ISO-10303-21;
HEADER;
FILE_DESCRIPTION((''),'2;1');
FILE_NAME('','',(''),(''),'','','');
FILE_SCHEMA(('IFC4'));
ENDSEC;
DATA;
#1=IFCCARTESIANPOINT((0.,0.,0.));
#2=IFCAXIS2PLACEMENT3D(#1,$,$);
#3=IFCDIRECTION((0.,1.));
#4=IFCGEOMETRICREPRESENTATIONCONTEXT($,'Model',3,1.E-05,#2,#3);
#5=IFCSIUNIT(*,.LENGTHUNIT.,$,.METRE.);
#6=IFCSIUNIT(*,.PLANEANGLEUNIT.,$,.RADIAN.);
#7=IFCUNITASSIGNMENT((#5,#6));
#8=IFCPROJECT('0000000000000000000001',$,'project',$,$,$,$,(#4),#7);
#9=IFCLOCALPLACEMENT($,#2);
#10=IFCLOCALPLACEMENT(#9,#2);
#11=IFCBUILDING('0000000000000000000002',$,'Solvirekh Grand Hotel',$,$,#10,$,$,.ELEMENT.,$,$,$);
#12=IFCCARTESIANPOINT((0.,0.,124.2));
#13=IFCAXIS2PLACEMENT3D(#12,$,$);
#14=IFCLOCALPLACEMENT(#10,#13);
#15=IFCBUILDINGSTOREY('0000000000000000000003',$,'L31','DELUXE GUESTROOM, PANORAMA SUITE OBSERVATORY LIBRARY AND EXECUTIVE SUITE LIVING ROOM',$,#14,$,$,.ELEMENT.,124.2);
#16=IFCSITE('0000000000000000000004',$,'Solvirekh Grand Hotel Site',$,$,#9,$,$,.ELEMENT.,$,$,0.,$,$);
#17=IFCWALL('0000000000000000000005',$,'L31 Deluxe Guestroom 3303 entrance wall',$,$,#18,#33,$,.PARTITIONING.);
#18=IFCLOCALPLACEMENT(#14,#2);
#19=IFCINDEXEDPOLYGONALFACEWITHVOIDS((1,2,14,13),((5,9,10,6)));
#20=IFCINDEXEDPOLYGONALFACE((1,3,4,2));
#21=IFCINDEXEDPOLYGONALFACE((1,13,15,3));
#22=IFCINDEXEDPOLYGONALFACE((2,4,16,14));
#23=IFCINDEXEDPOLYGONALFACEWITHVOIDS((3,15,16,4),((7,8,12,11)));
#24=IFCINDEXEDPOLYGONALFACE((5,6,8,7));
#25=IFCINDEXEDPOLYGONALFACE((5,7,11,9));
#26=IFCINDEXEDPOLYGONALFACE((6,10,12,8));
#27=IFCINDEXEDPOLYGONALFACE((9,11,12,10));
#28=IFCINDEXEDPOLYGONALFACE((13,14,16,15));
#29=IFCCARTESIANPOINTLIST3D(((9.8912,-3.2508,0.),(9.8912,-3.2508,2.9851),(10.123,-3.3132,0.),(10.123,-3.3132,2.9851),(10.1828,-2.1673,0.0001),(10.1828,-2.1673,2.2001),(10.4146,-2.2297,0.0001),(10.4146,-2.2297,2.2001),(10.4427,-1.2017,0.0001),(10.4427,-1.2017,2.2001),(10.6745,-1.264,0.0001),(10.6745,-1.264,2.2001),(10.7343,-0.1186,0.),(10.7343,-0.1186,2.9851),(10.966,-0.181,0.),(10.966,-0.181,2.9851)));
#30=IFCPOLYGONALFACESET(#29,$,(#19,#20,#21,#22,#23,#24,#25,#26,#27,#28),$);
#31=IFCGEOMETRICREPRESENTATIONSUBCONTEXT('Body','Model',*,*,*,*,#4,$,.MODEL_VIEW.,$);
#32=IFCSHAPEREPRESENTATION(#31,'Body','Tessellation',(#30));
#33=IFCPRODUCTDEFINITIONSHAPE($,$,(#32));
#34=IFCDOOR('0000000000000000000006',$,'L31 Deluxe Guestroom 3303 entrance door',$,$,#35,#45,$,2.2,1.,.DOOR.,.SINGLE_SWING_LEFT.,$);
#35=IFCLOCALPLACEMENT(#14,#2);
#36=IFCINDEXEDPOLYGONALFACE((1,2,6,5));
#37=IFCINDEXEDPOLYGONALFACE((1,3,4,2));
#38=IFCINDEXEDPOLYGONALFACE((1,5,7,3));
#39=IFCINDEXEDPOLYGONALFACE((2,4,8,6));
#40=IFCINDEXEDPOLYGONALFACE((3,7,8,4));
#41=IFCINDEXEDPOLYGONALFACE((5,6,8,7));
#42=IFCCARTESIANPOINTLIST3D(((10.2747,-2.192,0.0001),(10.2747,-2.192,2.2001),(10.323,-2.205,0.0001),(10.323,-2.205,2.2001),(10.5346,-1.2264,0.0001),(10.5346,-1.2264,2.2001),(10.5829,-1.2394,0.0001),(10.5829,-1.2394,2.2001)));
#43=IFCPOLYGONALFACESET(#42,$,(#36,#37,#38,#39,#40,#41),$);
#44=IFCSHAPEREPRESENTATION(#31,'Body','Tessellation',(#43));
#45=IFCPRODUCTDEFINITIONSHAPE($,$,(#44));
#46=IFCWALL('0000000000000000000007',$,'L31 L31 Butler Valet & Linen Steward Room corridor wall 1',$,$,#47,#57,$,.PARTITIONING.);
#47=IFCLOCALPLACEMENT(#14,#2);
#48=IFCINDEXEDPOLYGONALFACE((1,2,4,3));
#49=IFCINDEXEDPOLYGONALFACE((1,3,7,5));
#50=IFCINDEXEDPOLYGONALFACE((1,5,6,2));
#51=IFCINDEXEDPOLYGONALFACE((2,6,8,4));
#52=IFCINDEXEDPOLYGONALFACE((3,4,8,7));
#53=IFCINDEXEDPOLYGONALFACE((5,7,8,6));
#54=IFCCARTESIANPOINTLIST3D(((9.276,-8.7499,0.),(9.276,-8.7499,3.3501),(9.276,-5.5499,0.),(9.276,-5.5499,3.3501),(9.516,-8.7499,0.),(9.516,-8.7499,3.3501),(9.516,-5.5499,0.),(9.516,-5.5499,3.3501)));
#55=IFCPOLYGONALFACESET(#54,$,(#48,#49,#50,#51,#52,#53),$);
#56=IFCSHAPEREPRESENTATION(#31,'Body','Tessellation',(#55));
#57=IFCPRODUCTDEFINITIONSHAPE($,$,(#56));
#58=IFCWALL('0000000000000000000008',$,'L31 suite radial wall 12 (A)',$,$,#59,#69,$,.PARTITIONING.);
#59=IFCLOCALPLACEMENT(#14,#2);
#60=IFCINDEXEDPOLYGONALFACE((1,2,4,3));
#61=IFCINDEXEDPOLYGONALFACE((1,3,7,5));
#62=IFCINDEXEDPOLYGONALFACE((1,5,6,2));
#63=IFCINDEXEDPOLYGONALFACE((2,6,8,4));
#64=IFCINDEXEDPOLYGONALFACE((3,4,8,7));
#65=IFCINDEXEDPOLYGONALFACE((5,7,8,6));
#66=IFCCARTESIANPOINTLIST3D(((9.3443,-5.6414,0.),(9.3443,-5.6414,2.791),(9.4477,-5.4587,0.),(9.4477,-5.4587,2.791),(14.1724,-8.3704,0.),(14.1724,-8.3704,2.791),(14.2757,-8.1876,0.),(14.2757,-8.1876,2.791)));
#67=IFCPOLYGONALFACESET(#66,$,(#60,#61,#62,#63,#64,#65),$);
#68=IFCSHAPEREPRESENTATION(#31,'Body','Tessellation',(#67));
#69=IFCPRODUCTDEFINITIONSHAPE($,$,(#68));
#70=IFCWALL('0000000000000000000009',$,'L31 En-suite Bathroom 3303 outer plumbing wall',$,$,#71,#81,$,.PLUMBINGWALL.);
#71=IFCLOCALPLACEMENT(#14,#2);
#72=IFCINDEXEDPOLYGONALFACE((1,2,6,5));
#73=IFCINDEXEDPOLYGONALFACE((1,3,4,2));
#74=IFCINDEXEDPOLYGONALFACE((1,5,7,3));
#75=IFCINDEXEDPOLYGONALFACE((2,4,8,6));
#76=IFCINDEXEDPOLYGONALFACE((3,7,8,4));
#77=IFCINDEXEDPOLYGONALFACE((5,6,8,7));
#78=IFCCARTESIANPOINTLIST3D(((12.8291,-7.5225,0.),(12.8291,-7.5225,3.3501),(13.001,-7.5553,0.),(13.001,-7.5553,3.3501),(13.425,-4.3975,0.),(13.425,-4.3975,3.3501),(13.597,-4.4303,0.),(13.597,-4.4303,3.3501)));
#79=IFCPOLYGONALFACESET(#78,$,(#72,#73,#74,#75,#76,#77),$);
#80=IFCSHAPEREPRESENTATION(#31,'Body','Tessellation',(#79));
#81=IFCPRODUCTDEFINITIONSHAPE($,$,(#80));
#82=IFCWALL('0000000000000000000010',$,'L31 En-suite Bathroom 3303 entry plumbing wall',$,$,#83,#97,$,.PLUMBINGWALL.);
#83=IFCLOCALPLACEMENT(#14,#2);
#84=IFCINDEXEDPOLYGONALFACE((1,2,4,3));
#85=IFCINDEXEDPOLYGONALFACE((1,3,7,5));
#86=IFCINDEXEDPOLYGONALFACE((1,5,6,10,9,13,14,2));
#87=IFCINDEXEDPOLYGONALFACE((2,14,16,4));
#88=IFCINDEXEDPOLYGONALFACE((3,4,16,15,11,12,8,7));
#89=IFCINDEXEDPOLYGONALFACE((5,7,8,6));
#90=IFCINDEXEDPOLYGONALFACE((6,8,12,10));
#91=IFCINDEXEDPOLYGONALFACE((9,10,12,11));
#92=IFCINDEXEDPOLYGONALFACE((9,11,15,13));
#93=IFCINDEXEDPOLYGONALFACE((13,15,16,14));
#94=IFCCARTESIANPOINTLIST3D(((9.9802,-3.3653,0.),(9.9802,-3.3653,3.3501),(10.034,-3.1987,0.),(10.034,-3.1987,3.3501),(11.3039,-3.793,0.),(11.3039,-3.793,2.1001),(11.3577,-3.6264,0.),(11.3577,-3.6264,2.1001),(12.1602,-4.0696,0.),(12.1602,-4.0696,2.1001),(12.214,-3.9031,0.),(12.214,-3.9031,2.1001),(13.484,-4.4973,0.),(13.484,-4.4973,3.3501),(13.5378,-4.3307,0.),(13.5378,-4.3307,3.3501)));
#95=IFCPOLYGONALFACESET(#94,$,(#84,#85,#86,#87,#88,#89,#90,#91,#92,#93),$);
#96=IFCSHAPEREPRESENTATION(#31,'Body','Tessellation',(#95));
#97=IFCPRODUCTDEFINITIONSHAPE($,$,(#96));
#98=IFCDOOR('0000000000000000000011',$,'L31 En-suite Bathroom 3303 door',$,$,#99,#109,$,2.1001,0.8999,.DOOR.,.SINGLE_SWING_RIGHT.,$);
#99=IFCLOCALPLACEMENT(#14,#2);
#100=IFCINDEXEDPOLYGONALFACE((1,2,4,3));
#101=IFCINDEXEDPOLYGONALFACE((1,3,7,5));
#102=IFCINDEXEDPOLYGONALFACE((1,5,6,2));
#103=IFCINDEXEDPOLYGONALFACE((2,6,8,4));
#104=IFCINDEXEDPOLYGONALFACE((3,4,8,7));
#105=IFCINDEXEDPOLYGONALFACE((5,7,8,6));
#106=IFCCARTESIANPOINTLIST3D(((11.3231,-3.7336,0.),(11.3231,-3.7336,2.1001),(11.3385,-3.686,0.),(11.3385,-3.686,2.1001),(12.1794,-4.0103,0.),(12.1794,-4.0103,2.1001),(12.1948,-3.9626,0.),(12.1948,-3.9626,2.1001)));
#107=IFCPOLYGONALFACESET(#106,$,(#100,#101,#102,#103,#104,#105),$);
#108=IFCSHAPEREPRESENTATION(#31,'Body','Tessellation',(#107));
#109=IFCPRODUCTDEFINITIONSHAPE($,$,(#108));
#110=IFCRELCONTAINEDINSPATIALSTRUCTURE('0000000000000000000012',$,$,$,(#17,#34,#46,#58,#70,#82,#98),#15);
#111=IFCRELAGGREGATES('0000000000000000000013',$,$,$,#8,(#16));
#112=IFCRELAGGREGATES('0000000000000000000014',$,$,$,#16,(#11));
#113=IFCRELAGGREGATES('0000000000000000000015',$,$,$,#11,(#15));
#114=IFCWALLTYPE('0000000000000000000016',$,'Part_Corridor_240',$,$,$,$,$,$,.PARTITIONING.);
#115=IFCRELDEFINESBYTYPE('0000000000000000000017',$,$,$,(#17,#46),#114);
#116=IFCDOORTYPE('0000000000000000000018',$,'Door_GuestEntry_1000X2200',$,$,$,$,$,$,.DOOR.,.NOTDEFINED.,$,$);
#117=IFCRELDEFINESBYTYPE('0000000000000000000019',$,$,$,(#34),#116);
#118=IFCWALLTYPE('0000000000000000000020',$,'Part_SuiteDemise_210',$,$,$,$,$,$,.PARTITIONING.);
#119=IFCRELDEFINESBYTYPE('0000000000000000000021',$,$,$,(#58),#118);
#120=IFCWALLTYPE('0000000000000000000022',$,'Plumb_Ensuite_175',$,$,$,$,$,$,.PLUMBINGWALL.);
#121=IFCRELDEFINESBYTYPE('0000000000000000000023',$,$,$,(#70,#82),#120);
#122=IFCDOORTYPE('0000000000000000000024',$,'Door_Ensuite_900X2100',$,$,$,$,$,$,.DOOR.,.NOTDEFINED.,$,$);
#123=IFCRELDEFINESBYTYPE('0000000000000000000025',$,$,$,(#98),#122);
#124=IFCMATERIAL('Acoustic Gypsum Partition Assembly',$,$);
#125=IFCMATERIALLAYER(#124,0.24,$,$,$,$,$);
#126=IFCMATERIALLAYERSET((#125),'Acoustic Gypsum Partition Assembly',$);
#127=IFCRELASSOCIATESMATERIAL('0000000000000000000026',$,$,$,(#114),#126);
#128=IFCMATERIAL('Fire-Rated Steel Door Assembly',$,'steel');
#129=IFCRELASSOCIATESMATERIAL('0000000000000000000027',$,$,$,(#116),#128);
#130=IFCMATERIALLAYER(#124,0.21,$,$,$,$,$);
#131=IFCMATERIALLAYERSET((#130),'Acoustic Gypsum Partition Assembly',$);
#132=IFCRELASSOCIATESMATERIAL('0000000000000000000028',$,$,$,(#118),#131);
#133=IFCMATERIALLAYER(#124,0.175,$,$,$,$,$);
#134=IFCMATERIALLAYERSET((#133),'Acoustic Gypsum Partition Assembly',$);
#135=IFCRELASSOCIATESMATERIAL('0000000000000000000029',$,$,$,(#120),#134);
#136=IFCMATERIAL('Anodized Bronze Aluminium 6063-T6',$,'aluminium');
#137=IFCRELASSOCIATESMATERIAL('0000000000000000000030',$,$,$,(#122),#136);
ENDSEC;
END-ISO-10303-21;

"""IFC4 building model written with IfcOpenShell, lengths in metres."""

from ifc_helpers import new_model, si_unit, direction, frame, frame_2d, origin, place, context, subcontext, project, spatial, rectangle, extrude, material, layer, layer_set, type_object, element, fill, save


model = new_model("IFC4")

# Units and contexts
model_context = context("Model", 3, precision=1e-05, world=origin(), true_north=direction((0.0, 1.0)))
body_context = subcontext(model_context, "Body", "Model", "MODEL_VIEW")
ifc_project = project(units=[si_unit("LENGTHUNIT", "METRE"), si_unit("PLANEANGLEUNIT", "RADIAN")], contexts=[model_context])

# Site, building, storey
site_placement = place(None, origin())
site = spatial("IfcSite", under=ifc_project, at=site_placement, Name="Solvirekh Grand Hotel Site", CompositionType="ELEMENT", RefElevation=0.0)
building_placement = place(site_placement, origin())
building = spatial("IfcBuilding", under=site, at=building_placement, Name="Solvirekh Grand Hotel", CompositionType="ELEMENT")
storey_placement = place(building_placement, frame((0.0, 0.0, 124.2)))
storey = spatial("IfcBuildingStorey", under=building, at=storey_placement, Name="L31", Description="DELUXE GUESTROOM, PANORAMA SUITE OBSERVATORY LIBRARY AND EXECUTIVE SUITE LIVING ROOM", CompositionType="ELEMENT", Elevation=124.2)

# Shared definitions
ifc_material_1 = material(Name="Anodized Bronze Aluminium 6063-T6", Category="aluminium")

# Shared definitions
ifc_material_2 = material(Name="Acoustic Gypsum Partition Assembly")
ifc_layer_1 = layer(ifc_material_2, 0.24)
ifc_layer_set_1 = layer_set([ifc_layer_1], Name="Acoustic Gypsum Partition Assembly")
wall_type_1 = type_object("IfcWallType", Name="Part_Corridor_240", PredefinedType="PARTITIONING", material=ifc_layer_set_1)
ifc_material_3 = material(Name="Fire-Rated Steel Door Assembly", Category="steel")

# Wall, opening, door
wall_1_placement = place(storey_placement, frame((10.0071, -3.282, 0.0), z_axis=(0.0, 0.0, 1.0), x_axis=(0.259906, 0.965634, 0.0)))
wall_1 = element("IfcWall", 1, at=wall_1_placement, inside=storey, type_object=wall_type_1, Name="L31 Deluxe Guestroom 3303 entrance wall", PredefinedType="PARTITIONING", context=body_context, shape_type="SweptSolid", body=[
    extrude(rectangle(XDim=3.2437, YDim=0.24, at=frame_2d((1.6218, 0.0))), origin(), (0.0, 0.0, 1.0), 2.9851),
])
opening_1_placement = place(wall_1_placement, frame((1.1221, 0.0, 0.0)))
opening_1 = element("IfcOpeningElement", 2, at=opening_1_placement, cuts=wall_1, PredefinedType="OPENING", context=body_context, shape_type="SweptSolid", body=[
    extrude(rectangle(XDim=1.0, YDim=2.2, at=frame_2d((0.5, 1.1001))), frame((0.0, 0.1299, 0.0), z_axis=(0.0, -1.0, 0.0), x_axis=(1.0, 0.0, 0.0)), (0.0, 0.0, 1.0), 0.26),
])
door_type_1 = type_object("IfcDoorType", Name="Door_GuestEntry_1000X2200", OperationType="NOTDEFINED", PredefinedType="DOOR", material=ifc_material_3)
door_1_placement = place(opening_1_placement, origin())
door_1 = element("IfcDoor", 3, at=door_1_placement, inside=storey, type_object=door_type_1, Name="L31 Deluxe Guestroom 3303 entrance door", OperationType="SINGLE_SWING_LEFT", OverallHeight=2.2, OverallWidth=1.0, PredefinedType="DOOR", context=body_context, shape_type="SweptSolid", body=[
    extrude(rectangle(XDim=1.0, YDim=2.2, at=frame_2d((0.5, 1.1001))), frame((0.0, 0.0249, 0.0), z_axis=(0.0, -1.0, 0.0), x_axis=(1.0, 0.0, 0.0)), (0.0, 0.0, 1.0), 0.05),
])
fill(opening_1, door_1)

# Walls
wall_2_placement = place(storey_placement, frame((9.396, -8.75, 0.0), z_axis=(0.0, 0.0, 1.0), x_axis=(0.0, 1.0, 0.0)))
element("IfcWall", 4, at=wall_2_placement, inside=storey, type_object=wall_type_1, Name="L31 L31 Butler Valet & Linen Steward Room corridor wall 1", PredefinedType="PARTITIONING", context=body_context, shape_type="SweptSolid", body=[
    extrude(rectangle(XDim=3.2, YDim=0.24, at=frame_2d((1.6001, 0.0))), origin(), (0.0, 0.0, 1.0), 3.3501),
])
ifc_layer_2 = layer(ifc_material_2, 0.21)
ifc_layer_set_2 = layer_set([ifc_layer_2], Name="Acoustic Gypsum Partition Assembly")
wall_type_2 = type_object("IfcWallType", Name="Part_SuiteDemise_210", PredefinedType="PARTITIONING", material=ifc_layer_set_2)
wall_3_placement = place(storey_placement, frame((9.396, -5.55, 0.0), z_axis=(0.0, 0.0, 1.0), x_axis=(0.870558, -0.492066, 0.0)))
element("IfcWall", 5, at=wall_3_placement, inside=storey, type_object=wall_type_2, Name="L31 suite radial wall 12 (A)", PredefinedType="PARTITIONING", context=body_context, shape_type="SweptSolid", body=[
    extrude(rectangle(XDim=5.5459, YDim=0.21, at=frame_2d((2.7729, 0.0))), origin(), (0.0, 0.0, 1.0), 2.791),
])
ifc_layer_3 = layer(ifc_material_2, 0.175)
ifc_layer_set_3 = layer_set([ifc_layer_3], Name="Acoustic Gypsum Partition Assembly")
wall_type_3 = type_object("IfcWallType", Name="Plumb_Ensuite_175", PredefinedType="PLUMBINGWALL", material=ifc_layer_set_3)
wall_4_placement = place(storey_placement, frame((12.915, -7.5391, 0.0), z_axis=(0.0, 0.0, 1.0), x_axis=(0.187327, 0.982298, 0.0)))
element("IfcWall", 6, at=wall_4_placement, inside=storey, type_object=wall_type_3, Name="L31 En-suite Bathroom 3303 outer plumbing wall", PredefinedType="PLUMBINGWALL", context=body_context, shape_type="SweptSolid", body=[
    extrude(rectangle(XDim=3.1814, YDim=0.175, at=frame_2d((1.5908, 0.0))), origin(), (0.0, 0.0, 1.0), 3.3501),
])

# Wall, opening, door
wall_5_placement = place(storey_placement, frame((10.0071, -3.282, 0.0), z_axis=(0.0, 0.0, 1.0), x_axis=(0.951567, -0.307442, 0.0)))
wall_5 = element("IfcWall", 7, at=wall_5_placement, inside=storey, type_object=wall_type_3, Name="L31 En-suite Bathroom 3303 entry plumbing wall", PredefinedType="PLUMBINGWALL", context=body_context, shape_type="SweptSolid", body=[
    extrude(rectangle(XDim=3.6821, YDim=0.175, at=frame_2d((1.8411, 0.0))), origin(), (0.0, 0.0, 1.0), 3.3501),
])
opening_2_placement = place(wall_5_placement, frame((1.3911, 0.0, 0.0)))
opening_2 = element("IfcOpeningElement", 8, at=opening_2_placement, cuts=wall_5, PredefinedType="OPENING", context=body_context, shape_type="SweptSolid", body=[
    extrude(rectangle(XDim=0.8999, YDim=2.1001, at=frame_2d((0.45, 1.05))), frame((0.0, 0.0977, 0.0), z_axis=(0.0, -1.0, 0.0), x_axis=(1.0, 0.0, 0.0)), (0.0, 0.0, 1.0), 0.1951),
])
door_type_2 = type_object("IfcDoorType", Name="Door_Ensuite_900X2100", OperationType="NOTDEFINED", PredefinedType="DOOR", material=ifc_material_1)
door_2_placement = place(opening_2_placement, origin())
door_2 = element("IfcDoor", 9, at=door_2_placement, inside=storey, type_object=door_type_2, Name="L31 En-suite Bathroom 3303 door", OperationType="SINGLE_SWING_RIGHT", OverallHeight=2.1001, OverallWidth=0.8999, PredefinedType="DOOR", context=body_context, shape_type="SweptSolid", body=[
    extrude(rectangle(XDim=0.8999, YDim=2.1001, at=frame_2d((0.45, 1.05))), frame((0.0, 0.0249, 0.0), z_axis=(0.0, -1.0, 0.0), x_axis=(1.0, 0.0, 0.0)), (0.0, 0.0, 1.0), 0.05),
])
fill(opening_2, door_2)

save(model, "model.ifc")
